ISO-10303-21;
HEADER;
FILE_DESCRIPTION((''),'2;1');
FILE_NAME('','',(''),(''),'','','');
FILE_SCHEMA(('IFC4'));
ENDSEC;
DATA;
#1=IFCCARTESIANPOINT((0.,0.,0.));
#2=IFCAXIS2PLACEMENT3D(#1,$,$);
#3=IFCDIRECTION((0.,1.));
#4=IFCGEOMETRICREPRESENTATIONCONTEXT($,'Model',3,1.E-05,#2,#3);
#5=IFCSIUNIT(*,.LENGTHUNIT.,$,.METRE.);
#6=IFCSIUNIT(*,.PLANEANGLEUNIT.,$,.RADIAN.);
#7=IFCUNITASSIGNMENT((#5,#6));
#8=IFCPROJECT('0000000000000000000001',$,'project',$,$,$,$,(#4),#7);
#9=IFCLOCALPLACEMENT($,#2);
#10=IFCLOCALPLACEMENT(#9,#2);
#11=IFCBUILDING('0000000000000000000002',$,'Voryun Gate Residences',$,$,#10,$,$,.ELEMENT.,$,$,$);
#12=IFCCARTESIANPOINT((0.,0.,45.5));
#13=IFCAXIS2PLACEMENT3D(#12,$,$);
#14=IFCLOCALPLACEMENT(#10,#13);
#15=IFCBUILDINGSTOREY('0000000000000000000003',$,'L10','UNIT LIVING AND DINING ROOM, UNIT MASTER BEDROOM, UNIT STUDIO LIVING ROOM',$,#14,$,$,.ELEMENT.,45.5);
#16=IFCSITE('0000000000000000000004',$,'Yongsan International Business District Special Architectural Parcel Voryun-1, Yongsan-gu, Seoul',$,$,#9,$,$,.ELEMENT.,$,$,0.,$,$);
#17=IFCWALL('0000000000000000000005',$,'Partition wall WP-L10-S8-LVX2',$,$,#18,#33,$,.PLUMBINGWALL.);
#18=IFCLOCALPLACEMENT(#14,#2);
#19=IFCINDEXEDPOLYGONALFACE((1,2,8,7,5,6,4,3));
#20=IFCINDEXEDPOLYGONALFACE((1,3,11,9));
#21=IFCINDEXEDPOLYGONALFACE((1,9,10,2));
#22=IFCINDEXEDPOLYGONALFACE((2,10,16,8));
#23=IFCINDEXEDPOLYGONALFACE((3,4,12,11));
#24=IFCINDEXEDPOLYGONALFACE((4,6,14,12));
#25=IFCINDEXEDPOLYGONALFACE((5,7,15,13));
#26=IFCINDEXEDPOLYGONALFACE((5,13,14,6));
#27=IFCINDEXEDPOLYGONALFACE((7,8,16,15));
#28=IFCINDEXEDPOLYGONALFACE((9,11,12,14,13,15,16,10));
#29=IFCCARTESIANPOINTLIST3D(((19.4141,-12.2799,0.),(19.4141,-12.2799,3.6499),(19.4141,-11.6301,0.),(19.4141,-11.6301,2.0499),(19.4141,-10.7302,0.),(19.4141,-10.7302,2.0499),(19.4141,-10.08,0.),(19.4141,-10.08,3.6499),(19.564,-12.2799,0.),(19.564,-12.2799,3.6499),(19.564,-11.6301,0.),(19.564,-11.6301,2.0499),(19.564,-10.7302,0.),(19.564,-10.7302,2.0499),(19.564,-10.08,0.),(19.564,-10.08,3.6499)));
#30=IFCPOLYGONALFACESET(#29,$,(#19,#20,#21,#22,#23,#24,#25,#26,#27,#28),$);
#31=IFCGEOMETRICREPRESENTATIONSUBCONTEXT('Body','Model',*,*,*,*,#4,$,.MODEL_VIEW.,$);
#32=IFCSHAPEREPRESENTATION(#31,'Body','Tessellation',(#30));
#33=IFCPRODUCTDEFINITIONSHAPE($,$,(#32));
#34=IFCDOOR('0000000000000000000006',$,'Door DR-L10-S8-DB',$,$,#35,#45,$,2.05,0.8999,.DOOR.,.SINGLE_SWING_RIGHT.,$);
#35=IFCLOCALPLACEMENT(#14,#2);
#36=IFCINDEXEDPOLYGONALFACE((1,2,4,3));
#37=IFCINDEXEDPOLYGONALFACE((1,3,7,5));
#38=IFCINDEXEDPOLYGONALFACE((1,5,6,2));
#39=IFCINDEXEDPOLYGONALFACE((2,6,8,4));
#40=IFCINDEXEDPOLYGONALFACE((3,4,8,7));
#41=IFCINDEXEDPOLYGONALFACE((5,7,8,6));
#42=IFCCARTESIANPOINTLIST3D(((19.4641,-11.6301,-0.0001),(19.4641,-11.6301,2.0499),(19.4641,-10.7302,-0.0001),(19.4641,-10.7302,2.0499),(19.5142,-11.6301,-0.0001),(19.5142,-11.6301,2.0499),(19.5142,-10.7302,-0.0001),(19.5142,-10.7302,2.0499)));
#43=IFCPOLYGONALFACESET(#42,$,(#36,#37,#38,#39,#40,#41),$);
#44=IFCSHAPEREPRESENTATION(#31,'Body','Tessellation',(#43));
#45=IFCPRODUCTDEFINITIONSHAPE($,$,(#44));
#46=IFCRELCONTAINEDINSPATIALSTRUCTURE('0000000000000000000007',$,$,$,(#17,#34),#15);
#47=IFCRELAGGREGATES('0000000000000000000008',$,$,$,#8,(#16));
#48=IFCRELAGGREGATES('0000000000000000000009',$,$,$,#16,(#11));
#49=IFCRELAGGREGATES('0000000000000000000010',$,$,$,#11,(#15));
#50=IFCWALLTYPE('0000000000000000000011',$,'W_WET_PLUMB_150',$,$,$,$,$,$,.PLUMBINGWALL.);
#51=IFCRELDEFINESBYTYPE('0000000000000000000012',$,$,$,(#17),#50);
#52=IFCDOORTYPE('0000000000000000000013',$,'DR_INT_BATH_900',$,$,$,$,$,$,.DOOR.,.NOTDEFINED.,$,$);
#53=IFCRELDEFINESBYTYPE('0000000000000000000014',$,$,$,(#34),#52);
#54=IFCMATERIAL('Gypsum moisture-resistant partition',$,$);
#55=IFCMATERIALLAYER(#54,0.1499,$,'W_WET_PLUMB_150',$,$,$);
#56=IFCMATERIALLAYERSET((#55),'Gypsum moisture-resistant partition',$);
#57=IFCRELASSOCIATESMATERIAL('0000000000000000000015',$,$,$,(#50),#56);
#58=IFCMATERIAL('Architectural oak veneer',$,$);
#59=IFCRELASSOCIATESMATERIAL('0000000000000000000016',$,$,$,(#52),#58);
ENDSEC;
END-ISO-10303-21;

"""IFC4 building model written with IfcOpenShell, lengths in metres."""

from ifc_helpers import new_model, si_unit, direction, frame, frame_2d, origin, place, context, subcontext, project, spatial, rectangle, extrude, material, layer, layer_set, type_object, element, fill, save


model = new_model("IFC4")

# Units and contexts
model_context = context("Model", 3, precision=1e-05, world=origin(), true_north=direction((0.0, 1.0)))
body_context = subcontext(model_context, "Body", "Model", "MODEL_VIEW")
ifc_project = project(units=[si_unit("LENGTHUNIT", "METRE"), si_unit("PLANEANGLEUNIT", "RADIAN")], contexts=[model_context])

# Site, building, storey
site_placement = place(None, origin())
site = spatial("IfcSite", under=ifc_project, at=site_placement, Name="Yongsan International Business District Special Architectural Parcel Voryun-1, Yongsan-gu, Seoul", CompositionType="ELEMENT", RefElevation=0.0)
building_placement = place(site_placement, origin())
building = spatial("IfcBuilding", under=site, at=building_placement, Name="Voryun Gate Residences", CompositionType="ELEMENT")
storey_placement = place(building_placement, frame((0.0, 0.0, 45.5)))
storey = spatial("IfcBuildingStorey", under=building, at=storey_placement, Name="L10", Description="UNIT LIVING AND DINING ROOM, UNIT MASTER BEDROOM, UNIT STUDIO LIVING ROOM", CompositionType="ELEMENT", Elevation=45.5)

# Shared definitions
ifc_material_1 = material(Name="Gypsum moisture-resistant partition")
ifc_layer_1 = layer(ifc_material_1, 0.1499, Name="W_WET_PLUMB_150")
ifc_layer_set_1 = layer_set([ifc_layer_1], Name="Gypsum moisture-resistant partition")
wall_type_1 = type_object("IfcWallType", Name="W_WET_PLUMB_150", PredefinedType="PLUMBINGWALL", material=ifc_layer_set_1)

# Wall, opening, door
wall_1_placement = place(storey_placement, frame((19.489, -12.28, 0.0), z_axis=(0.0, 0.0, 1.0), x_axis=(0.0, 1.0, 0.0)))
wall_1 = element("IfcWall", 1, at=wall_1_placement, inside=storey, type_object=wall_type_1, Name="Partition wall WP-L10-S8-LVX2", PredefinedType="PLUMBINGWALL", context=body_context, shape_type="SweptSolid", body=[
    extrude(rectangle(XDim=2.2, YDim=0.1499, at=frame_2d((1.1001, 0.0))), origin(), (0.0, 0.0, 1.0), 3.6499),
])
opening_1_placement = place(wall_1_placement, frame((0.6499, 0.0, 0.0)))
opening_1 = element("IfcOpeningElement", 2, at=opening_1_placement, cuts=wall_1, PredefinedType="OPENING", context=body_context, shape_type="SweptSolid", body=[
    extrude(rectangle(XDim=0.8999, YDim=2.05, at=frame_2d((0.45, 1.0249))), frame((0.0, 0.085, 0.0), z_axis=(0.0, -1.0, 0.0), x_axis=(1.0, 0.0, 0.0)), (0.0, 0.0, 1.0), 0.1699),
])
ifc_material_2 = material(Name="Architectural oak veneer")
door_type_1 = type_object("IfcDoorType", Name="DR_INT_BATH_900", OperationType="NOTDEFINED", PredefinedType="DOOR", material=ifc_material_2)
door_1_placement = place(opening_1_placement, origin())
door_1 = element("IfcDoor", 3, at=door_1_placement, inside=storey, type_object=door_type_1, Name="Door DR-L10-S8-DB", OperationType="SINGLE_SWING_RIGHT", OverallHeight=2.05, OverallWidth=0.8999, PredefinedType="DOOR", context=body_context, shape_type="SweptSolid", body=[
    extrude(rectangle(XDim=0.8999, YDim=2.05, at=frame_2d((0.45, 1.0249))), frame((0.0, 0.0249, 0.0), z_axis=(0.0, -1.0, 0.0), x_axis=(1.0, 0.0, 0.0)), (0.0, 0.0, 1.0), 0.05),
])
fill(opening_1, door_1)

save(model, "model.ifc")
